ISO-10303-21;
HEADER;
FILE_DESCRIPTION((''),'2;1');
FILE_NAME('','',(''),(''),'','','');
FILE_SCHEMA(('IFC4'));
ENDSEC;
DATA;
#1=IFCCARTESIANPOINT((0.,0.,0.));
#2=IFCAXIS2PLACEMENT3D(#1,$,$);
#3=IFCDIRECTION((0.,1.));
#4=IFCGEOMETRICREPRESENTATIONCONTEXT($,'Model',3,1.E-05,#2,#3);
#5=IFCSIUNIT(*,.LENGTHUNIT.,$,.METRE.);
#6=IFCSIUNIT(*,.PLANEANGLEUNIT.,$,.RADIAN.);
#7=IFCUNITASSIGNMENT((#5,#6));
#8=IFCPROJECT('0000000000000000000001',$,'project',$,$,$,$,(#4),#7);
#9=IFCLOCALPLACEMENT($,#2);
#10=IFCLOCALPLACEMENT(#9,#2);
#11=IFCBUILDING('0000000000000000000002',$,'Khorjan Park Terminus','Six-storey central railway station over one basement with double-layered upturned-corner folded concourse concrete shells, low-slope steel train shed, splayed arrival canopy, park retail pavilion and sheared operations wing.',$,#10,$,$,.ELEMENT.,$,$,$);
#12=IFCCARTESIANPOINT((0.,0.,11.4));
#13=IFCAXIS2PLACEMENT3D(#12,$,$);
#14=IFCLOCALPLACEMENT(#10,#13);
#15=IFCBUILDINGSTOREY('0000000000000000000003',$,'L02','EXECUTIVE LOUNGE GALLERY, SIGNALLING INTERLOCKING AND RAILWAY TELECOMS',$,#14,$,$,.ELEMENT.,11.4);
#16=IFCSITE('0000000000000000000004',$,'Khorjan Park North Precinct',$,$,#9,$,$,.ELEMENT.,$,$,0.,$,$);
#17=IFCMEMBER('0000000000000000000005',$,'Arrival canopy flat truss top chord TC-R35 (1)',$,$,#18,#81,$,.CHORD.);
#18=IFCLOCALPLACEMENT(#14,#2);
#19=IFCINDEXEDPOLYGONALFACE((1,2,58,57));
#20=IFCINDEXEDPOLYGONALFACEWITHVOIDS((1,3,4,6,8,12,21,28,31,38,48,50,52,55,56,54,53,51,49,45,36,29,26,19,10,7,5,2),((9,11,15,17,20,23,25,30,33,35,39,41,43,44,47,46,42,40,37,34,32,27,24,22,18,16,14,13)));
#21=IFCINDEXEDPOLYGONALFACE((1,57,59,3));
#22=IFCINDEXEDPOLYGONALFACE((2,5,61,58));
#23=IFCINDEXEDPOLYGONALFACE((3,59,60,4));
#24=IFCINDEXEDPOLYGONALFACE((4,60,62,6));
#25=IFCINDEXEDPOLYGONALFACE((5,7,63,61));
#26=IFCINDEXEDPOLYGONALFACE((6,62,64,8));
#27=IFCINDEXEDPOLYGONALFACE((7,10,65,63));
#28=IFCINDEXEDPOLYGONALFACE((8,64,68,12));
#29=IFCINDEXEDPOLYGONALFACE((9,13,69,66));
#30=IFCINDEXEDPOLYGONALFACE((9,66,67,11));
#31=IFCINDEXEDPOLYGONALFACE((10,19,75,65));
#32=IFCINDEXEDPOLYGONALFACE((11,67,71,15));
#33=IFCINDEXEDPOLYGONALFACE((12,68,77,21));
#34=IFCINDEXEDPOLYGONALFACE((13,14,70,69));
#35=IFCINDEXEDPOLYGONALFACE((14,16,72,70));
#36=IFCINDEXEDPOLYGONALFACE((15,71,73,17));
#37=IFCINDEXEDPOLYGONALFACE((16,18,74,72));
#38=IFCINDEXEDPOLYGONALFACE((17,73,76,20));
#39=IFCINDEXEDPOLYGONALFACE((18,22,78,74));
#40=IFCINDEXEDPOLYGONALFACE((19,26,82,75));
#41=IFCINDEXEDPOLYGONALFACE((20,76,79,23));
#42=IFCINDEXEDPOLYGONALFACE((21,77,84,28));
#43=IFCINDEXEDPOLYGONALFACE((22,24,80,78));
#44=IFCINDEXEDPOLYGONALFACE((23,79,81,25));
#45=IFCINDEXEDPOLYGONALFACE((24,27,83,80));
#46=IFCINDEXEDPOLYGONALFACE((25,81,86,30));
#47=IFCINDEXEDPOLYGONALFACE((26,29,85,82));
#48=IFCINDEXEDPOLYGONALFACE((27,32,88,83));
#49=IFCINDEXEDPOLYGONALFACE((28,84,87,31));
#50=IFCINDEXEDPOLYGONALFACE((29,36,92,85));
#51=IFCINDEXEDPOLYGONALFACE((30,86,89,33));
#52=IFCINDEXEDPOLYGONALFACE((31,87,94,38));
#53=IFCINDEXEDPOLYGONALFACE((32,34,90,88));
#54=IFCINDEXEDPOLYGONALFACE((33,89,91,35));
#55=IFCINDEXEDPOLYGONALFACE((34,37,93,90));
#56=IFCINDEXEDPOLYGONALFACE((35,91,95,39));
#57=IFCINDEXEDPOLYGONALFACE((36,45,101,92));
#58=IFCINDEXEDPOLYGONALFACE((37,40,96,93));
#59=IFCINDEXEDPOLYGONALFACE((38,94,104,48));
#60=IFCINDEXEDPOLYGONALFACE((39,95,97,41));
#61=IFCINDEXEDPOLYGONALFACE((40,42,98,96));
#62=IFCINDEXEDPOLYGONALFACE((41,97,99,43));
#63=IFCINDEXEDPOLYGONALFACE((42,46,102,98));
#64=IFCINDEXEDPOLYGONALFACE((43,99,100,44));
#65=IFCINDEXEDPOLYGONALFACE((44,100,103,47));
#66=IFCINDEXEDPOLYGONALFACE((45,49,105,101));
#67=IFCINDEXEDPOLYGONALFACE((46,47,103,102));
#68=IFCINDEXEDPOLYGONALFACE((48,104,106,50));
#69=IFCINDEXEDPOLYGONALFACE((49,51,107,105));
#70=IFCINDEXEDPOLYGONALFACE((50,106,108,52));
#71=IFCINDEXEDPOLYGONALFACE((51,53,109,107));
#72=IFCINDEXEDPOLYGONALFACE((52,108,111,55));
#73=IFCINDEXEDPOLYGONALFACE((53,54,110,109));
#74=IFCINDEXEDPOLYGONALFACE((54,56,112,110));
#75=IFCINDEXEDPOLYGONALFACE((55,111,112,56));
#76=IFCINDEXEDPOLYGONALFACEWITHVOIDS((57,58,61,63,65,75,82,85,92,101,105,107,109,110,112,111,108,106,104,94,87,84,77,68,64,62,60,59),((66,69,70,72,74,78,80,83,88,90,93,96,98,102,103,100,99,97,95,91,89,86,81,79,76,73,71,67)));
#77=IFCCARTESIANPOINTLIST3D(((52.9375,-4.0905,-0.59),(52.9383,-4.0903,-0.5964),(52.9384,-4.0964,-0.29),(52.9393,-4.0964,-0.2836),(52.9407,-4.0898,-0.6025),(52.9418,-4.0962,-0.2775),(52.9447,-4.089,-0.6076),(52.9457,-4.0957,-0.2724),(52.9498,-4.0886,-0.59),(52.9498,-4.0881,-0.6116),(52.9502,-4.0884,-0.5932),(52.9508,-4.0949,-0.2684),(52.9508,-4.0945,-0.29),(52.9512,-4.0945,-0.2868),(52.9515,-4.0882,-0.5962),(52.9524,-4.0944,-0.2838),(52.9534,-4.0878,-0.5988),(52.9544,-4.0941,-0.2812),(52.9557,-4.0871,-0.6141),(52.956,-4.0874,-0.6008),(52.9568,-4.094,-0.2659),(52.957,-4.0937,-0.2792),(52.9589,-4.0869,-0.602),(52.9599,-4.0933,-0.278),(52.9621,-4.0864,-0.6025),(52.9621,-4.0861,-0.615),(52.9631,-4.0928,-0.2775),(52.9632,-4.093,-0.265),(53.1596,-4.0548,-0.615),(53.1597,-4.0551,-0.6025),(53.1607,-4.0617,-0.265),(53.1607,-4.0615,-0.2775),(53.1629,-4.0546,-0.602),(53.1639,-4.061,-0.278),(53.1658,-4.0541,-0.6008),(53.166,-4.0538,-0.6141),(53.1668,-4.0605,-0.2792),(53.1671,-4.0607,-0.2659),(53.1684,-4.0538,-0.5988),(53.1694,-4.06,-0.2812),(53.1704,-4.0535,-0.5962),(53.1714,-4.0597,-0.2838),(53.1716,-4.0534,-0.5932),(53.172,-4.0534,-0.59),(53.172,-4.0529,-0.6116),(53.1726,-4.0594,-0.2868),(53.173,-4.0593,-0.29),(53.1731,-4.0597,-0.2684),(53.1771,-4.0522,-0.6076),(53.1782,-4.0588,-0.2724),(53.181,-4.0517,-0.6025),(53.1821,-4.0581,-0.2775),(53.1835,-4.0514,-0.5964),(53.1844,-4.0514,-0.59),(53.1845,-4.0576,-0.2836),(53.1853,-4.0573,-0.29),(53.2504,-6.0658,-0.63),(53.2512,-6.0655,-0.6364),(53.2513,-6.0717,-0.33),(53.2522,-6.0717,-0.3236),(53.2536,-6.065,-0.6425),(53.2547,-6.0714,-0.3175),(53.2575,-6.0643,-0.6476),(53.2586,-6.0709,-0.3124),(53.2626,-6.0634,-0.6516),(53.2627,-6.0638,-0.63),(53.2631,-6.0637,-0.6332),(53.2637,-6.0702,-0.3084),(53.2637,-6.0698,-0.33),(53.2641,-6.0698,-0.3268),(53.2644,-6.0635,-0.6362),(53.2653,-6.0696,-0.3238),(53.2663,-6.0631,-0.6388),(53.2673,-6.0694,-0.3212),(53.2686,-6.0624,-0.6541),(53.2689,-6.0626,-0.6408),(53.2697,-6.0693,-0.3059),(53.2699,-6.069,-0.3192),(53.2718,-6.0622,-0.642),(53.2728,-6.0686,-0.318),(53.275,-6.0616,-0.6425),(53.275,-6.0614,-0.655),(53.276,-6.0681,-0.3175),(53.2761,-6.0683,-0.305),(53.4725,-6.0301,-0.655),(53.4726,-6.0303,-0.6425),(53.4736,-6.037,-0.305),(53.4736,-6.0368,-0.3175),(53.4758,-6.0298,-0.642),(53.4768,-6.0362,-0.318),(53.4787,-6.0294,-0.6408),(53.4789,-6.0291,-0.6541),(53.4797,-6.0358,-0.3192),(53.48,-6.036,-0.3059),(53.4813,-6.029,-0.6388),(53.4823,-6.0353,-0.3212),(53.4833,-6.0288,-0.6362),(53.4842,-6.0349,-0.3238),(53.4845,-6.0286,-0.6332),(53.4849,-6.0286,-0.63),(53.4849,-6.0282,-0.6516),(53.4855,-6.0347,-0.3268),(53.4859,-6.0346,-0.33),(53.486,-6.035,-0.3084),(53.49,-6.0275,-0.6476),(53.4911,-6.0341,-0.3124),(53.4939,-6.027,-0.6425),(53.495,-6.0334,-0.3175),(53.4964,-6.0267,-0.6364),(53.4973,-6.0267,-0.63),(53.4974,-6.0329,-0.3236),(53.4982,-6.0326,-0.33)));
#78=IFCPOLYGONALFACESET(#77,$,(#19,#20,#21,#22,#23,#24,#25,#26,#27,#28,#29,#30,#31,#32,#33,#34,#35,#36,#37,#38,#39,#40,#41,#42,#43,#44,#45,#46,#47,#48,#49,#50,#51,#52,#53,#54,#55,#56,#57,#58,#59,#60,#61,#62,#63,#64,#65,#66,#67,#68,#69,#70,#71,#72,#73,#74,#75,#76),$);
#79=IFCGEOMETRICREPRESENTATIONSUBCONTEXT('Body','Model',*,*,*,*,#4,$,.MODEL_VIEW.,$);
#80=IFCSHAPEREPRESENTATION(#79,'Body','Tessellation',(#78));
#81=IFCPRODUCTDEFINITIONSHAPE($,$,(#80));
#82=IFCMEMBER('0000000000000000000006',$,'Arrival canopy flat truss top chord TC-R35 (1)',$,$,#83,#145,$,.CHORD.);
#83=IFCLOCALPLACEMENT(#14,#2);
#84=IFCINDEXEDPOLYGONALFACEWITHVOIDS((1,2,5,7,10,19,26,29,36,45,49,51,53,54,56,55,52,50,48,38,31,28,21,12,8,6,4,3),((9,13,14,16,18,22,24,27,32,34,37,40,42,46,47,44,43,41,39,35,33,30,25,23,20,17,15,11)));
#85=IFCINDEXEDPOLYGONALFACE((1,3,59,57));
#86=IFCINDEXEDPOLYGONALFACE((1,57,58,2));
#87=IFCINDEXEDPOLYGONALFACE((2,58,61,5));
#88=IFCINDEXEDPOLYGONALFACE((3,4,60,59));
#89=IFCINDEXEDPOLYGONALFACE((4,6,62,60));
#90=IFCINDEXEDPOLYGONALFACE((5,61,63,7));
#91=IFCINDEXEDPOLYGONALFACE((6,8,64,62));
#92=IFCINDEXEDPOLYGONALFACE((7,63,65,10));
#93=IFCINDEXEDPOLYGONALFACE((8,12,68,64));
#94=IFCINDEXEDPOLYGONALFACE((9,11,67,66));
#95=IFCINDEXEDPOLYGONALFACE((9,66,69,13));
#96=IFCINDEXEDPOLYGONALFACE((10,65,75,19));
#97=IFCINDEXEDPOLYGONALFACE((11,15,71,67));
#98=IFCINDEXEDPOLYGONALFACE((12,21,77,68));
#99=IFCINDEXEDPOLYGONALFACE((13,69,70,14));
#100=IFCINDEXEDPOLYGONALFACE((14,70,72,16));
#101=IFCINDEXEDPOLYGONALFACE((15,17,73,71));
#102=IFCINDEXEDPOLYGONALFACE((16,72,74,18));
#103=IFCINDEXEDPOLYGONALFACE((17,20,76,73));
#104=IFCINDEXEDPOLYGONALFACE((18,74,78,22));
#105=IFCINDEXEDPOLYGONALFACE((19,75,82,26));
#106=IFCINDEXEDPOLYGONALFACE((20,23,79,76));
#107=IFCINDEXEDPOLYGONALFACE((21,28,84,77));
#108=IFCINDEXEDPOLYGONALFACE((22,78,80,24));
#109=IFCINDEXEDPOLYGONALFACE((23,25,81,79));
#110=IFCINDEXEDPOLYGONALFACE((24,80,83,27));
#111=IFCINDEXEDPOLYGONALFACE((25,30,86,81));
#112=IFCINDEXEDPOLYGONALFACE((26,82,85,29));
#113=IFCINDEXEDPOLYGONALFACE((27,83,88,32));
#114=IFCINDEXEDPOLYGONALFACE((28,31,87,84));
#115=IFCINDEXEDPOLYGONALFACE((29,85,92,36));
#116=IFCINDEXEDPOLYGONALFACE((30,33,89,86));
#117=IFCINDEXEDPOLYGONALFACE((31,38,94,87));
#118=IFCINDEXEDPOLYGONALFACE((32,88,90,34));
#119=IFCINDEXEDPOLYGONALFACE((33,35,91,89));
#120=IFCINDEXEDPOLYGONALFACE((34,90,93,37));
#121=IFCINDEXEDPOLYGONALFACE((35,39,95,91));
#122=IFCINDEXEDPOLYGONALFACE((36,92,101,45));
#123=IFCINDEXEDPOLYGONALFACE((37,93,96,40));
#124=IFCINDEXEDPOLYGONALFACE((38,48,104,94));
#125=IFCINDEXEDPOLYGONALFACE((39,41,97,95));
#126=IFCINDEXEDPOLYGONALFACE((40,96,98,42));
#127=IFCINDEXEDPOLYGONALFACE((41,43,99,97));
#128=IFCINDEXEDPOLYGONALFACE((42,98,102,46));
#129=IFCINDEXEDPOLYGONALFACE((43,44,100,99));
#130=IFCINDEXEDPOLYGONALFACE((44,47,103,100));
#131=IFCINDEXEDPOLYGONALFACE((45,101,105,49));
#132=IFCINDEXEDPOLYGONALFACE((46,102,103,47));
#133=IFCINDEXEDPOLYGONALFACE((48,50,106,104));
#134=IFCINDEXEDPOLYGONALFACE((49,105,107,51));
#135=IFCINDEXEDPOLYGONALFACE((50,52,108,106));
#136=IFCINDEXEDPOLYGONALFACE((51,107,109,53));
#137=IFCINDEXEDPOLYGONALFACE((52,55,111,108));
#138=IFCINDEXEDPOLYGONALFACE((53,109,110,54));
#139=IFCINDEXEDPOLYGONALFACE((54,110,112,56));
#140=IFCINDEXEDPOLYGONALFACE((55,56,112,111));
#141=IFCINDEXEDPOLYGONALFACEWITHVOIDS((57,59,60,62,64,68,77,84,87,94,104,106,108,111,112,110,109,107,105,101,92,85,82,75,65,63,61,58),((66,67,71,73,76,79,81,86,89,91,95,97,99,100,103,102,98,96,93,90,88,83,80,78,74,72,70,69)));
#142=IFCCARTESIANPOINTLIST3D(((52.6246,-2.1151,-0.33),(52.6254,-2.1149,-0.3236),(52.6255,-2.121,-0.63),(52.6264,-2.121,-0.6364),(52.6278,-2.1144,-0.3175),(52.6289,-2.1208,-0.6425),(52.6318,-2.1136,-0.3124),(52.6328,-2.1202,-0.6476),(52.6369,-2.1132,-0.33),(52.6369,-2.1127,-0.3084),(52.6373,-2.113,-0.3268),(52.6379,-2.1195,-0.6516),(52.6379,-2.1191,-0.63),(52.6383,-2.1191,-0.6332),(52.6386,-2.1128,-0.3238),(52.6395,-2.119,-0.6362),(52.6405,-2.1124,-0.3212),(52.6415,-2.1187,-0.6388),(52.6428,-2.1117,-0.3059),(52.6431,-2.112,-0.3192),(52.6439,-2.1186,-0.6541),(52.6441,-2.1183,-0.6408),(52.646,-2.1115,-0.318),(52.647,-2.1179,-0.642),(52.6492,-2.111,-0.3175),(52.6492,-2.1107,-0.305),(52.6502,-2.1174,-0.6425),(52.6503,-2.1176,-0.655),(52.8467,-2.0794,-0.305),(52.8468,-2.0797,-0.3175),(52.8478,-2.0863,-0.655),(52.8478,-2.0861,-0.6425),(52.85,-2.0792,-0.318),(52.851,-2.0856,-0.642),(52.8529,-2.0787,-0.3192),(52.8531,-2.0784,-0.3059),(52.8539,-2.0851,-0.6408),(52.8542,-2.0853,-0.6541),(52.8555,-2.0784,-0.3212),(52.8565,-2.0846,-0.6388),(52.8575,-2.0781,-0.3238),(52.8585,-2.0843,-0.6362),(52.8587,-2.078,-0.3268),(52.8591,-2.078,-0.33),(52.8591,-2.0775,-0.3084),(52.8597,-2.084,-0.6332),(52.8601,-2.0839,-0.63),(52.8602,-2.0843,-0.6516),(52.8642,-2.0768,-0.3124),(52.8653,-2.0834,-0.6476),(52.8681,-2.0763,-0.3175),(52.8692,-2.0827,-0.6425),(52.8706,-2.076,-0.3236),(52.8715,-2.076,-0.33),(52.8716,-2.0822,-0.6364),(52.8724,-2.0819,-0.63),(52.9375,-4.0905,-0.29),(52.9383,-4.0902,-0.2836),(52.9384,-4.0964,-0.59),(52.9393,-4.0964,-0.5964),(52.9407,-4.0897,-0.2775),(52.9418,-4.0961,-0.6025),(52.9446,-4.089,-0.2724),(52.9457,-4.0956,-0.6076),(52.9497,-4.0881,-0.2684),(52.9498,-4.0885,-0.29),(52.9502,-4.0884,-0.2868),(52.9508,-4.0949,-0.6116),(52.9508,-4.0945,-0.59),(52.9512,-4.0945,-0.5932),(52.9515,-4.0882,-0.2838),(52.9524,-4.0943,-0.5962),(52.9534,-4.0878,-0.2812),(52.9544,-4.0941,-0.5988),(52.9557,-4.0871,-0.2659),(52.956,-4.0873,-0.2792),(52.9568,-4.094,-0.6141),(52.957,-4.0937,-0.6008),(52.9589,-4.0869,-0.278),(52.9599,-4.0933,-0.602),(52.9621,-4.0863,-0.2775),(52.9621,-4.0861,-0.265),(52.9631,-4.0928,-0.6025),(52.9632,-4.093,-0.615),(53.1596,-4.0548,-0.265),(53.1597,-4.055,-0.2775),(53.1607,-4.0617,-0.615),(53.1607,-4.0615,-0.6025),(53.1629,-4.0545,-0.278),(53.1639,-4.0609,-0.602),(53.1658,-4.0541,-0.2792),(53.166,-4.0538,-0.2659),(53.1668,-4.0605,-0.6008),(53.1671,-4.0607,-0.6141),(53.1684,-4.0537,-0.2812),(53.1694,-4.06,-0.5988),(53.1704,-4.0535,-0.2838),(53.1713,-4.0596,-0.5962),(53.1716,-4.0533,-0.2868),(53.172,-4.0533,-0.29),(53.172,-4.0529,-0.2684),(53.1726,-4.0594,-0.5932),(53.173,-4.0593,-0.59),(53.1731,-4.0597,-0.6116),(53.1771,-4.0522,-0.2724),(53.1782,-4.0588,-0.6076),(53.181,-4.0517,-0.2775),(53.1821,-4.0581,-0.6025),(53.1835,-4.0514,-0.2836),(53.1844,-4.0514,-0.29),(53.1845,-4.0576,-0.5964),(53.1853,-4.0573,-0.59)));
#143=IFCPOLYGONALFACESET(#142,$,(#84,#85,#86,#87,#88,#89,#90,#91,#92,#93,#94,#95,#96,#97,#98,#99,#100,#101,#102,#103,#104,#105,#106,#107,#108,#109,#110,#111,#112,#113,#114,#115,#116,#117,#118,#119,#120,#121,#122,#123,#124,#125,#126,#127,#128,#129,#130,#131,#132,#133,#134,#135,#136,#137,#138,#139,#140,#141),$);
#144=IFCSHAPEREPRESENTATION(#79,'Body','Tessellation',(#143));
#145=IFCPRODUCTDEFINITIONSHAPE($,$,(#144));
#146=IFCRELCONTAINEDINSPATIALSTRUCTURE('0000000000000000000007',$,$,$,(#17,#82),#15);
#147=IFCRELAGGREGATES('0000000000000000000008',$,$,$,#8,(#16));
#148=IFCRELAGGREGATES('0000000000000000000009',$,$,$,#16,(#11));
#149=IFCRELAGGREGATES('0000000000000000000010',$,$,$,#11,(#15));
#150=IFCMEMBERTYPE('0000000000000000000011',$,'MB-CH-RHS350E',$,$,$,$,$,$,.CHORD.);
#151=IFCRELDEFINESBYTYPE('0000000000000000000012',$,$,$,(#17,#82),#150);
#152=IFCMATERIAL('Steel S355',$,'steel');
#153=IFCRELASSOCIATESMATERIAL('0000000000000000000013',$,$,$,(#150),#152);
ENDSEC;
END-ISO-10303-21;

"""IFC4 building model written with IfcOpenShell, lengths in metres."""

from ifc_helpers import new_model, si_unit, direction, frame, origin, origin_2d, place, context, subcontext, project, spatial, hollow_rectangle, extrude, material, material_profile, profile_set, type_object, element, save


model = new_model("IFC4")

# Units and contexts
model_context = context("Model", 3, precision=1e-05, world=origin(), true_north=direction((0.0, 1.0)))
body_context = subcontext(model_context, "Body", "Model", "MODEL_VIEW")
ifc_project = project(units=[si_unit("LENGTHUNIT", "METRE"), si_unit("PLANEANGLEUNIT", "RADIAN")], contexts=[model_context])

# Site, building, storey
site_placement = place(None, origin())
site = spatial("IfcSite", under=ifc_project, at=site_placement, Name="Khorjan Park North Precinct", CompositionType="ELEMENT", RefElevation=0.0)
building_placement = place(site_placement, origin())
building = spatial("IfcBuilding", under=site, at=building_placement, Name="Khorjan Park Terminus", Description="Six-storey central railway station over one basement with double-layered upturned-corner folded concourse concrete shells, low-slope steel train shed, splayed arrival canopy, park retail pavilion and sheared operations wing.", CompositionType="ELEMENT")
storey_placement = place(building_placement, frame((0.0, 0.0, 11.4)))
storey = spatial("IfcBuildingStorey", under=building, at=storey_placement, Name="L02", Description="EXECUTIVE LOUNGE GALLERY, SIGNALLING INTERLOCKING AND RAILWAY TELECOMS", CompositionType="ELEMENT", Elevation=11.4)

# Members
ifc_material_1 = material(Name="Steel S355", Category="steel")
ifc_material_profile_1 = material_profile(ifc_material_1, hollow_rectangle(XDim=0.25, YDim=0.35, WallThickness=0.0125, InnerFilletRadius=0.0125, OuterFilletRadius=0.025, at=origin_2d()), Name="RHS 350x250x12.5")
ifc_profile_set_1 = profile_set([ifc_material_profile_1], Name="Steel S355")
member_type_1 = type_object("IfcMemberType", Name="MB-CH-RHS350E", PredefinedType="CHORD", material=ifc_profile_set_1)
member_1_placement = place(storey_placement, frame((53.3743, -6.0492, -0.48), z_axis=(-0.156424, 0.987488, 0.019997), x_axis=(-0.987685, -0.156456, 0.0)))
element("IfcMember", 1, at=member_1_placement, inside=storey, type_object=member_type_1, Name="Arrival canopy flat truss top chord TC-R35 (1)", PredefinedType="CHORD", context=body_context, shape_type="SweptSolid", body=[
    extrude(hollow_rectangle(XDim=0.25, YDim=0.35, WallThickness=0.0125, InnerFilletRadius=0.0125, OuterFilletRadius=0.025, at=origin_2d()), origin(), (0.0, 0.0, 1.0), 2.0003),
])
for number, where, z_axis, x_axis, name in (
    (2, (53.0614, -4.0739, -0.44), (-0.156417, 0.987489, -0.019996), (-0.987686, -0.156448, 0.0), "Arrival canopy flat truss top chord TC-R35 (1)"),
):
    element("IfcMember", number, at=place(storey_placement, frame(where, z_axis=z_axis, x_axis=x_axis)), inside=storey, type_object=member_type_1, Name=name, PredefinedType="CHORD", context=body_context, shape_type="SweptSolid", body=[
        extrude(hollow_rectangle(XDim=0.25, YDim=0.35, WallThickness=0.0125, InnerFilletRadius=0.0125, OuterFilletRadius=0.025, at=origin_2d()), origin(), (0.0, 0.0, 1.0), 2.0004),
    ])

save(model, "model.ifc")
